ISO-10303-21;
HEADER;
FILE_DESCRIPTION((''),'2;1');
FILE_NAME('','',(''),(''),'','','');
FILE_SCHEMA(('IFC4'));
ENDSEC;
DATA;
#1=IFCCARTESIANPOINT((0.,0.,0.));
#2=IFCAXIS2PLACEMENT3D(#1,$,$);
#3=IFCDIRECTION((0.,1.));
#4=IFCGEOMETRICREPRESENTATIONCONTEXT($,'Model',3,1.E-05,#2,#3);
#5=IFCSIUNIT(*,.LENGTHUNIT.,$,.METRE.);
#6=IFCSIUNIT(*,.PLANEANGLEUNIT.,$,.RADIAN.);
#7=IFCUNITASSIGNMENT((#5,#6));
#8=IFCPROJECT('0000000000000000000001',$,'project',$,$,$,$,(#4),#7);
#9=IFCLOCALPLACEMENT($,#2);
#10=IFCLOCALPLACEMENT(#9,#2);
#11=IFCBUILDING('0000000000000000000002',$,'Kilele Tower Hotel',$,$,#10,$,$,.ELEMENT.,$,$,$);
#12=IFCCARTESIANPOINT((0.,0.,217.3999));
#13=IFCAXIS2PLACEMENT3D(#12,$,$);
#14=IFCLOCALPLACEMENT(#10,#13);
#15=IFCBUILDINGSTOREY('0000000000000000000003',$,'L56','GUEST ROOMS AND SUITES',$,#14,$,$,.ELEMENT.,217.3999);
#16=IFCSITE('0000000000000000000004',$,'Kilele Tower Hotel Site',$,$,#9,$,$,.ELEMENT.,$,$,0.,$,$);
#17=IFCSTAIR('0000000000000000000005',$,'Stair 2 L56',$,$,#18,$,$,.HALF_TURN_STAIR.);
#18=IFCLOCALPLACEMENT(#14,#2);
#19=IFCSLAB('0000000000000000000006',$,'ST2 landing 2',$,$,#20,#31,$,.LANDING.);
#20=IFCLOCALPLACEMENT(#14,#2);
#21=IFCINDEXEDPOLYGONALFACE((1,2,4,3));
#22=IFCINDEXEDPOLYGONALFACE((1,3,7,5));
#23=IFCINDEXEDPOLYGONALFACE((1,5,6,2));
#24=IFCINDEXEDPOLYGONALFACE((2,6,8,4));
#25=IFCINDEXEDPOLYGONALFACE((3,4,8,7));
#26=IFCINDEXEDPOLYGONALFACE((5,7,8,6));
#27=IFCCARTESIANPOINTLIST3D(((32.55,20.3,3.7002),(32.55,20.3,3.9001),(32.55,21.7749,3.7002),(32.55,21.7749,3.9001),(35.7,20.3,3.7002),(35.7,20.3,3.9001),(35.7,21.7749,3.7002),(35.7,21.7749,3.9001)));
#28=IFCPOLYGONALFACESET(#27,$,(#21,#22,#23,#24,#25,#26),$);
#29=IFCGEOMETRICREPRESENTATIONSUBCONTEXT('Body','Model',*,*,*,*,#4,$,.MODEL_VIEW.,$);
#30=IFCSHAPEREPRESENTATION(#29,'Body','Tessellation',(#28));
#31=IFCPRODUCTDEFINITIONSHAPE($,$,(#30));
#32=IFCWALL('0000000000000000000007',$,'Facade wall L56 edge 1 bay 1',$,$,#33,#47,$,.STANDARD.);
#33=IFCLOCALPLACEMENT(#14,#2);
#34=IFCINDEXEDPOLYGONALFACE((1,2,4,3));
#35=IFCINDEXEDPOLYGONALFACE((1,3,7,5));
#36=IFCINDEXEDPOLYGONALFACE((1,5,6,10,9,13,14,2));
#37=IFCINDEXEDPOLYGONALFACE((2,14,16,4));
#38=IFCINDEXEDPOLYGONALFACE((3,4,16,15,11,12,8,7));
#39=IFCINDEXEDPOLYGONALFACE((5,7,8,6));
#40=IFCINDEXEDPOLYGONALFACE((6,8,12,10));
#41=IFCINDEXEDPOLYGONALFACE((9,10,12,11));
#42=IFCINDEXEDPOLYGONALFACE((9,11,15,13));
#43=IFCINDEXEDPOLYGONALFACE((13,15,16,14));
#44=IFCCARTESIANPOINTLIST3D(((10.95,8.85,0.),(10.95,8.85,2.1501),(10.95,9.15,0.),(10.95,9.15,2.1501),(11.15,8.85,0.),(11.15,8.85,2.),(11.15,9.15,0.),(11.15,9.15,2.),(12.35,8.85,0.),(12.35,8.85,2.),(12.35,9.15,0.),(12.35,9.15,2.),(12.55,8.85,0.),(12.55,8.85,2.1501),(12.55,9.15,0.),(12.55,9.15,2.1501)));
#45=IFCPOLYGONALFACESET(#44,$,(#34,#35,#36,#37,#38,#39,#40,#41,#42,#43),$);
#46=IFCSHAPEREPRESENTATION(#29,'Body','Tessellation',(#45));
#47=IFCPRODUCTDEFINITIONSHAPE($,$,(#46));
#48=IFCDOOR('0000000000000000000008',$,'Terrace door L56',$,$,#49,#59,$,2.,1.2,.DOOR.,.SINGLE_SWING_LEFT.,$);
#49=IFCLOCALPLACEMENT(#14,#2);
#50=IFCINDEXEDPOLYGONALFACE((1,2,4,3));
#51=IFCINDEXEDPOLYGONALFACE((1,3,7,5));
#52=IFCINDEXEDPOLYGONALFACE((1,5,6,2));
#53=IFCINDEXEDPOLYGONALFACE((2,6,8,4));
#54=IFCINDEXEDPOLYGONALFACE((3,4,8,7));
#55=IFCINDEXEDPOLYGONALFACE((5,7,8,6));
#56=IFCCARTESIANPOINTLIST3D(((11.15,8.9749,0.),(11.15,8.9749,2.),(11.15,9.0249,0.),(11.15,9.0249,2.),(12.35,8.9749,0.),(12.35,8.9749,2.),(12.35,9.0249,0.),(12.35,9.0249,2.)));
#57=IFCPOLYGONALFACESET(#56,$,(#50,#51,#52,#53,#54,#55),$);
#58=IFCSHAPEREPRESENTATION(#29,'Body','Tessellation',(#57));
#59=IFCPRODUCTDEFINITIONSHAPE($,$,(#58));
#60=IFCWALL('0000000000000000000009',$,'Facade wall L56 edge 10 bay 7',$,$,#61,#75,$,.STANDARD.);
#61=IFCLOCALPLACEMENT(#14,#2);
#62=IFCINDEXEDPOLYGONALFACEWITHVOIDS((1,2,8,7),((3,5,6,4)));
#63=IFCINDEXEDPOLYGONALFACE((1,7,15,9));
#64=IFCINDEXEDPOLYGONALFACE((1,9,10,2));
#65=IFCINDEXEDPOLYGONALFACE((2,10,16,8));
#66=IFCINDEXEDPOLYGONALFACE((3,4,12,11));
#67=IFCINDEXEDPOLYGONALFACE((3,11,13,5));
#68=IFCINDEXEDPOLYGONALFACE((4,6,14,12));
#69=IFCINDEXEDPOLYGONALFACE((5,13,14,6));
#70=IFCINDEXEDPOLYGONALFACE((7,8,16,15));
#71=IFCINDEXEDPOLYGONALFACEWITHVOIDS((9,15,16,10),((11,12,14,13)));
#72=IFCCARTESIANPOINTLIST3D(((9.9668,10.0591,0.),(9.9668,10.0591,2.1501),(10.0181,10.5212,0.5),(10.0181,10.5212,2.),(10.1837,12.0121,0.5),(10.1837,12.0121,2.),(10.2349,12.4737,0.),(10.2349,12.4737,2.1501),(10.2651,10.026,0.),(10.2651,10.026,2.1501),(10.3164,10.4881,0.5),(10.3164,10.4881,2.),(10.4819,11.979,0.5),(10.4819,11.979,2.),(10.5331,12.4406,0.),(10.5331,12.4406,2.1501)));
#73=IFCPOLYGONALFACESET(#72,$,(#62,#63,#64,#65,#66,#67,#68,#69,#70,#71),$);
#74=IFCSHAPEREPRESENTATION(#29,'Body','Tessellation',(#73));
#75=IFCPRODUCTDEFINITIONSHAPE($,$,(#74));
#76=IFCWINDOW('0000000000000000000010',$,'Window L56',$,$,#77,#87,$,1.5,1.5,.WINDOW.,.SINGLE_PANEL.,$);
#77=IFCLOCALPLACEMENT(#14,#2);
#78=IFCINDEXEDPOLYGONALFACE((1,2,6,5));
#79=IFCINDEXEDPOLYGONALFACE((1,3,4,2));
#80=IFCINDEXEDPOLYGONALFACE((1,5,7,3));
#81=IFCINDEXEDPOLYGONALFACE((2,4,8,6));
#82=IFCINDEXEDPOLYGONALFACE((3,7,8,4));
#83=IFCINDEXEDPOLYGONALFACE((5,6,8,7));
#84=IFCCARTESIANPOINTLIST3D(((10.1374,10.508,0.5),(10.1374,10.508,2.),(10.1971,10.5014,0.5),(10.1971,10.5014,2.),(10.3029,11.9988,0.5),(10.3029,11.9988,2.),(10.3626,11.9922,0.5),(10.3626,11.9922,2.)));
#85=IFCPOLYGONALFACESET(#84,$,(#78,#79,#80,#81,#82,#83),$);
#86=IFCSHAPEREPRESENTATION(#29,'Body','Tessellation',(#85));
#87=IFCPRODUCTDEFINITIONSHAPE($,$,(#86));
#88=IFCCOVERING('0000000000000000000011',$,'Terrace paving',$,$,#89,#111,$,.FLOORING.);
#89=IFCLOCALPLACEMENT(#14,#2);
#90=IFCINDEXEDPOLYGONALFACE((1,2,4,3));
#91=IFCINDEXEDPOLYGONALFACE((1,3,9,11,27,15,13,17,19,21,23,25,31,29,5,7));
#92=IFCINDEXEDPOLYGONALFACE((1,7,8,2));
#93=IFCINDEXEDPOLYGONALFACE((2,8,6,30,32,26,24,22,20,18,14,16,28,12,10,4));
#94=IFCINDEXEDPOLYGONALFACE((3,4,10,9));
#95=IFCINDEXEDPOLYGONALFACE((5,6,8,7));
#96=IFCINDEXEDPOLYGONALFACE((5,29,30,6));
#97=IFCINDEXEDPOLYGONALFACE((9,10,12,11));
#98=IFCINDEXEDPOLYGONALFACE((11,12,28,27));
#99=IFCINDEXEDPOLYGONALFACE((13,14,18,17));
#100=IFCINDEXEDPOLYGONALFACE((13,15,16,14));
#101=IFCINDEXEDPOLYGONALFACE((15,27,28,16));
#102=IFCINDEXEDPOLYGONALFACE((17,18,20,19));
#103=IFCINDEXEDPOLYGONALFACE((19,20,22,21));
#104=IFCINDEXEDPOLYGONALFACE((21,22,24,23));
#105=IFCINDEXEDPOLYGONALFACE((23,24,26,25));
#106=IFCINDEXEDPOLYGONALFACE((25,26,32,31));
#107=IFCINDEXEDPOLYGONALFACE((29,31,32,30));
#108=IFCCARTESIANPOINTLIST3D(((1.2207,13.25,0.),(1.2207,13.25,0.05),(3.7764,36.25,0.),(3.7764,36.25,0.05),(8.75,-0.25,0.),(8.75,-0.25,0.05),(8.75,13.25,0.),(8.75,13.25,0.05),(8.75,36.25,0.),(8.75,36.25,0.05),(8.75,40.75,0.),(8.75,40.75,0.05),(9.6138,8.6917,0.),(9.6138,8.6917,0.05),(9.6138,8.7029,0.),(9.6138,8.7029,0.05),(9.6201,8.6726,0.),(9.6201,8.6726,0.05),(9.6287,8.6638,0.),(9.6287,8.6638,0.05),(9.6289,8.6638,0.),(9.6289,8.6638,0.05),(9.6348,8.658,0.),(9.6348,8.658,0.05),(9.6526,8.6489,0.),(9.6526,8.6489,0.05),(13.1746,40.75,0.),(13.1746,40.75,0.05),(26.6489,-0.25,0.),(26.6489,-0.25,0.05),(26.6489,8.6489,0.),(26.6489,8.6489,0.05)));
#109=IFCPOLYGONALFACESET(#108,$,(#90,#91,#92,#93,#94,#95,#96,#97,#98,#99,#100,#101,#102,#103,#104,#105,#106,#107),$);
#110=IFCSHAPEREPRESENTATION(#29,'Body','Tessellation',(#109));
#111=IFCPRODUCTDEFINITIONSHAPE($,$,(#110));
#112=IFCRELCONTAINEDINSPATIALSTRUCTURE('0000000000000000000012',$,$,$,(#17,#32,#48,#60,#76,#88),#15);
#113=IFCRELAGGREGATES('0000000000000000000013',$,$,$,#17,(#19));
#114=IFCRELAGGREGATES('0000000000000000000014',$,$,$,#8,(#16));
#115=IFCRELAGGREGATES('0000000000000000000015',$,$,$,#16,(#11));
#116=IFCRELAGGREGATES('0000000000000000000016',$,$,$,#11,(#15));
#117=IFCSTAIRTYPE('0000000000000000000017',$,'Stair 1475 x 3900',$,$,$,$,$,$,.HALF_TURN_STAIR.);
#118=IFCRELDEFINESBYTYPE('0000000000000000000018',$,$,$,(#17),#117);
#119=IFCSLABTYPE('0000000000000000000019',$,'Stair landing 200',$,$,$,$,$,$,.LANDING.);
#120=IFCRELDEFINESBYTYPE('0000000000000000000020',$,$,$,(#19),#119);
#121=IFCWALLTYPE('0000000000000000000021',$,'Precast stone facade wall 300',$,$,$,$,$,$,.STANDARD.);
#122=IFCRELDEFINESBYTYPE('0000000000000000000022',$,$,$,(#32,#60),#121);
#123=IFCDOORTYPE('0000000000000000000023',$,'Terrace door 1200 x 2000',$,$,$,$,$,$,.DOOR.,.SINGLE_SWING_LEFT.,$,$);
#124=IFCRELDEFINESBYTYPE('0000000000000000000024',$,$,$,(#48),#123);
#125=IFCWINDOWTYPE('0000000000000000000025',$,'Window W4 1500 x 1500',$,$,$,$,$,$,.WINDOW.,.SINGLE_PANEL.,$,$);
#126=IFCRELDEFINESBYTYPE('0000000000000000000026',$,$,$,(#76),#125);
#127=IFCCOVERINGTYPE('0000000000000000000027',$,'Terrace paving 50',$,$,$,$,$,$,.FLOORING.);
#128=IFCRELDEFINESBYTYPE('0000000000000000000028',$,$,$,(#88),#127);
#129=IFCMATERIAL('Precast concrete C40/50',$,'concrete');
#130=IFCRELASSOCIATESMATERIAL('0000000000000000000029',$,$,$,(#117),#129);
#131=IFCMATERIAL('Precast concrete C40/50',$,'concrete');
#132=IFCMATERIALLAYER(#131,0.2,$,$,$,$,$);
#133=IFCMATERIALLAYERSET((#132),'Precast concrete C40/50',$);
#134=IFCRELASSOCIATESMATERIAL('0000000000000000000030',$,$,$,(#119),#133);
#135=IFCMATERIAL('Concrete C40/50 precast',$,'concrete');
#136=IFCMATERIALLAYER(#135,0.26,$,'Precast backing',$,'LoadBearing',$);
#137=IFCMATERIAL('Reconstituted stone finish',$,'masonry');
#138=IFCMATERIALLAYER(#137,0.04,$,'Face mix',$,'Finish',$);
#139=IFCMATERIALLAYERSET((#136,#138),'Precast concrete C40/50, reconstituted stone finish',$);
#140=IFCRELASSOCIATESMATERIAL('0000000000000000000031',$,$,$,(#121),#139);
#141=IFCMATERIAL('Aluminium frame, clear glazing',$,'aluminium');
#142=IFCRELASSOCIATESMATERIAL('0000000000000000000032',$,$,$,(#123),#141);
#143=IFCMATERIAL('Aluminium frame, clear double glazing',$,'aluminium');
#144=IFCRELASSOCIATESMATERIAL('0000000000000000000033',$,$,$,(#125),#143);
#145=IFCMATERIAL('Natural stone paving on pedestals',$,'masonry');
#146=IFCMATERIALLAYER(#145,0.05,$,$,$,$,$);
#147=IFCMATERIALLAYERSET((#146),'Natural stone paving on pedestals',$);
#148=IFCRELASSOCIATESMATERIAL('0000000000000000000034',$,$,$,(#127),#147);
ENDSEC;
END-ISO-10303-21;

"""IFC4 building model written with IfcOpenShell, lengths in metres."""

from ifc_helpers import new_model, si_unit, direction, frame, frame_2d, origin, place, context, subcontext, project, spatial, polyline, rectangle, outline, extrude, material, layer, layer_set, type_object, element, fill, aggregate, save


model = new_model("IFC4")

# Units and contexts
model_context = context("Model", 3, precision=1e-05, world=origin(), true_north=direction((0.0, 1.0)))
body_context = subcontext(model_context, "Body", "Model", "MODEL_VIEW")
ifc_project = project(units=[si_unit("LENGTHUNIT", "METRE"), si_unit("PLANEANGLEUNIT", "RADIAN")], contexts=[model_context])

# Site, building, storey
site_placement = place(None, origin())
site = spatial("IfcSite", under=ifc_project, at=site_placement, Name="Kilele Tower Hotel Site", CompositionType="ELEMENT", RefElevation=0.0)
building_placement = place(site_placement, origin())
building = spatial("IfcBuilding", under=site, at=building_placement, Name="Kilele Tower Hotel", CompositionType="ELEMENT")
storey_placement = place(building_placement, frame((0.0, 0.0, 217.3999)))
storey = spatial("IfcBuildingStorey", under=building, at=storey_placement, Name="L56", Description="GUEST ROOMS AND SUITES", CompositionType="ELEMENT", Elevation=217.3999)

# Stair, slab
ifc_material_1 = material(Name="Precast concrete C40/50", Category="concrete")
stair_type = type_object("IfcStairType", Name="Stair 1475 x 3900", PredefinedType="HALF_TURN_STAIR", material=ifc_material_1)
ifc_material_2 = material(Name="Precast concrete C40/50", Category="concrete")
ifc_layer_1 = layer(ifc_material_2, 0.2)
ifc_layer_set_1 = layer_set([ifc_layer_1], Name="Precast concrete C40/50")
slab_type_1 = type_object("IfcSlabType", Name="Stair landing 200", PredefinedType="LANDING", material=ifc_layer_set_1)
stair_1_placement = place(storey_placement, origin())
stair_1 = element("IfcStair", 1, at=stair_1_placement, inside=storey, type_object=stair_type, Name="Stair 2 L56", PredefinedType="HALF_TURN_STAIR")
slab_1_placement = place(storey_placement, frame((0.0, 0.0, 3.7002)))
slab_1 = element("IfcSlab", 2, at=slab_1_placement, type_object=slab_type_1, Name="ST2 landing 2", PredefinedType="LANDING", context=body_context, shape_type="SweptSolid", body=[
    extrude(outline(polyline([(32.55, 20.3), (35.7, 20.3), (35.7, 21.7749), (32.55, 21.7749), (32.55, 20.3)])), origin(), (0.0, 0.0, 1.0), 0.2),
])
aggregate(stair_1, [slab_1])

# Wall, opening, door
ifc_material_3 = material(Name="Concrete C40/50 precast", Category="concrete")
ifc_layer_2 = layer(ifc_material_3, 0.26, Name="Precast backing", Category="LoadBearing")
ifc_material_4 = material(Name="Reconstituted stone finish", Category="masonry")
ifc_layer_3 = layer(ifc_material_4, 0.04, Name="Face mix", Category="Finish")
ifc_layer_set_2 = layer_set([ifc_layer_2, ifc_layer_3], Name="Precast concrete C40/50, reconstituted stone finish")
wall_type = type_object("IfcWallType", Name="Precast stone facade wall 300", PredefinedType="STANDARD", material=ifc_layer_set_2)
wall_1_placement = place(storey_placement, frame((10.95, 9.0, 0.0), z_axis=(0.0, 0.0, 1.0), x_axis=(1.0, 0.0, 0.0)))
wall_1 = element("IfcWall", 3, at=wall_1_placement, inside=storey, type_object=wall_type, Name="Facade wall L56 edge 1 bay 1", PredefinedType="STANDARD", context=body_context, shape_type="SweptSolid", body=[
    extrude(rectangle(XDim=1.6001, YDim=0.3, at=frame_2d((0.8, 0.0))), origin(), (0.0, 0.0, 1.0), 2.1501),
])
opening_1_placement = place(wall_1_placement, frame((0.2, 0.0, 0.0)))
opening_1 = element("IfcOpeningElement", 4, at=opening_1_placement, cuts=wall_1, PredefinedType="OPENING", context=body_context, shape_type="SweptSolid", body=[
    extrude(rectangle(XDim=1.2, YDim=2.0, at=frame_2d((0.6001, 1.0))), frame((0.0, 0.1599, 0.0), z_axis=(0.0, -1.0, 0.0), x_axis=(1.0, 0.0, 0.0)), (0.0, 0.0, 1.0), 0.3201),
])
ifc_material_5 = material(Name="Aluminium frame, clear glazing", Category="aluminium")
door_type = type_object("IfcDoorType", Name="Terrace door 1200 x 2000", OperationType="SINGLE_SWING_LEFT", PredefinedType="DOOR", material=ifc_material_5)
door_placement = place(opening_1_placement, origin())
door = element("IfcDoor", 5, at=door_placement, inside=storey, type_object=door_type, Name="Terrace door L56", OperationType="SINGLE_SWING_LEFT", OverallHeight=2.0, OverallWidth=1.2, PredefinedType="DOOR", context=body_context, shape_type="SweptSolid", body=[
    extrude(rectangle(XDim=1.2, YDim=2.0, at=frame_2d((0.6001, 1.0))), frame((0.0, 0.0249, 0.0), z_axis=(0.0, -1.0, 0.0), x_axis=(1.0, 0.0, 0.0)), (0.0, 0.0, 1.0), 0.05),
])
fill(opening_1, door)

# Wall, opening, window
wall_2_placement = place(storey_placement, frame((10.384, 12.4573, 0.0), z_axis=(0.0, 0.0, 1.0), x_axis=(-0.110343, -0.993894, 0.0)))
wall_2 = element("IfcWall", 6, at=wall_2_placement, inside=storey, type_object=wall_type, Name="Facade wall L56 edge 10 bay 7", PredefinedType="STANDARD", context=body_context, shape_type="SweptSolid", body=[
    extrude(rectangle(XDim=2.4294, YDim=0.3, at=frame_2d((1.2148, 0.0))), origin(), (0.0, 0.0, 1.0), 2.1501),
])
opening_2_placement = place(wall_2_placement, frame((0.4646, 0.0, 0.5)))
opening_2 = element("IfcOpeningElement", 7, at=opening_2_placement, cuts=wall_2, PredefinedType="OPENING", context=body_context, shape_type="SweptSolid", body=[
    extrude(rectangle(XDim=1.5, YDim=1.5, at=frame_2d((0.75, 0.75))), frame((0.0, 0.1599, 0.0), z_axis=(0.0, -1.0, 0.0), x_axis=(1.0, 0.0, 0.0)), (0.0, 0.0, 1.0), 0.3201),
])
ifc_material_6 = material(Name="Aluminium frame, clear double glazing", Category="aluminium")
window_type = type_object("IfcWindowType", Name="Window W4 1500 x 1500", PartitioningType="SINGLE_PANEL", PredefinedType="WINDOW", material=ifc_material_6)
window_placement = place(opening_2_placement, origin())
window = element("IfcWindow", 8, at=window_placement, inside=storey, type_object=window_type, Name="Window L56", OverallHeight=1.5, OverallWidth=1.5, PartitioningType="SINGLE_PANEL", PredefinedType="WINDOW", context=body_context, shape_type="SweptSolid", body=[
    extrude(rectangle(XDim=1.5, YDim=1.5, at=frame_2d((0.75, 0.75))), frame((0.0, 0.03, 0.0), z_axis=(0.0, -1.0, 0.0), x_axis=(1.0, 0.0, 0.0)), (0.0, 0.0, 1.0), 0.0601),
])
fill(opening_2, window)

# Covering
ifc_material_7 = material(Name="Natural stone paving on pedestals", Category="masonry")
ifc_layer_4 = layer(ifc_material_7, 0.05)
ifc_layer_set_3 = layer_set([ifc_layer_4], Name="Natural stone paving on pedestals")
covering_type = type_object("IfcCoveringType", Name="Terrace paving 50", PredefinedType="FLOORING", material=ifc_layer_set_3)
covering_placement = place(storey_placement, origin())
element("IfcCovering", 9, at=covering_placement, inside=storey, type_object=covering_type, Name="Terrace paving", PredefinedType="FLOORING", context=body_context, shape_type="SweptSolid", body=[
    extrude(outline(polyline([(3.7764, 36.25), (8.75, 36.25), (8.75, 40.75), (13.1746, 40.75), (9.6138, 8.7029), (9.6138, 8.6917), (9.6201, 8.6726), (9.6287, 8.6638), (9.6289, 8.6638), (9.6348, 8.658), (9.6526, 8.6489), (26.6489, 8.6489), (26.6489, -0.25), (8.75, -0.25), (8.75, 13.25), (1.2207, 13.25), (3.7764, 36.25)])), origin(), (0.0, 0.0, 1.0), 0.05),
])

save(model, "model.ifc")
